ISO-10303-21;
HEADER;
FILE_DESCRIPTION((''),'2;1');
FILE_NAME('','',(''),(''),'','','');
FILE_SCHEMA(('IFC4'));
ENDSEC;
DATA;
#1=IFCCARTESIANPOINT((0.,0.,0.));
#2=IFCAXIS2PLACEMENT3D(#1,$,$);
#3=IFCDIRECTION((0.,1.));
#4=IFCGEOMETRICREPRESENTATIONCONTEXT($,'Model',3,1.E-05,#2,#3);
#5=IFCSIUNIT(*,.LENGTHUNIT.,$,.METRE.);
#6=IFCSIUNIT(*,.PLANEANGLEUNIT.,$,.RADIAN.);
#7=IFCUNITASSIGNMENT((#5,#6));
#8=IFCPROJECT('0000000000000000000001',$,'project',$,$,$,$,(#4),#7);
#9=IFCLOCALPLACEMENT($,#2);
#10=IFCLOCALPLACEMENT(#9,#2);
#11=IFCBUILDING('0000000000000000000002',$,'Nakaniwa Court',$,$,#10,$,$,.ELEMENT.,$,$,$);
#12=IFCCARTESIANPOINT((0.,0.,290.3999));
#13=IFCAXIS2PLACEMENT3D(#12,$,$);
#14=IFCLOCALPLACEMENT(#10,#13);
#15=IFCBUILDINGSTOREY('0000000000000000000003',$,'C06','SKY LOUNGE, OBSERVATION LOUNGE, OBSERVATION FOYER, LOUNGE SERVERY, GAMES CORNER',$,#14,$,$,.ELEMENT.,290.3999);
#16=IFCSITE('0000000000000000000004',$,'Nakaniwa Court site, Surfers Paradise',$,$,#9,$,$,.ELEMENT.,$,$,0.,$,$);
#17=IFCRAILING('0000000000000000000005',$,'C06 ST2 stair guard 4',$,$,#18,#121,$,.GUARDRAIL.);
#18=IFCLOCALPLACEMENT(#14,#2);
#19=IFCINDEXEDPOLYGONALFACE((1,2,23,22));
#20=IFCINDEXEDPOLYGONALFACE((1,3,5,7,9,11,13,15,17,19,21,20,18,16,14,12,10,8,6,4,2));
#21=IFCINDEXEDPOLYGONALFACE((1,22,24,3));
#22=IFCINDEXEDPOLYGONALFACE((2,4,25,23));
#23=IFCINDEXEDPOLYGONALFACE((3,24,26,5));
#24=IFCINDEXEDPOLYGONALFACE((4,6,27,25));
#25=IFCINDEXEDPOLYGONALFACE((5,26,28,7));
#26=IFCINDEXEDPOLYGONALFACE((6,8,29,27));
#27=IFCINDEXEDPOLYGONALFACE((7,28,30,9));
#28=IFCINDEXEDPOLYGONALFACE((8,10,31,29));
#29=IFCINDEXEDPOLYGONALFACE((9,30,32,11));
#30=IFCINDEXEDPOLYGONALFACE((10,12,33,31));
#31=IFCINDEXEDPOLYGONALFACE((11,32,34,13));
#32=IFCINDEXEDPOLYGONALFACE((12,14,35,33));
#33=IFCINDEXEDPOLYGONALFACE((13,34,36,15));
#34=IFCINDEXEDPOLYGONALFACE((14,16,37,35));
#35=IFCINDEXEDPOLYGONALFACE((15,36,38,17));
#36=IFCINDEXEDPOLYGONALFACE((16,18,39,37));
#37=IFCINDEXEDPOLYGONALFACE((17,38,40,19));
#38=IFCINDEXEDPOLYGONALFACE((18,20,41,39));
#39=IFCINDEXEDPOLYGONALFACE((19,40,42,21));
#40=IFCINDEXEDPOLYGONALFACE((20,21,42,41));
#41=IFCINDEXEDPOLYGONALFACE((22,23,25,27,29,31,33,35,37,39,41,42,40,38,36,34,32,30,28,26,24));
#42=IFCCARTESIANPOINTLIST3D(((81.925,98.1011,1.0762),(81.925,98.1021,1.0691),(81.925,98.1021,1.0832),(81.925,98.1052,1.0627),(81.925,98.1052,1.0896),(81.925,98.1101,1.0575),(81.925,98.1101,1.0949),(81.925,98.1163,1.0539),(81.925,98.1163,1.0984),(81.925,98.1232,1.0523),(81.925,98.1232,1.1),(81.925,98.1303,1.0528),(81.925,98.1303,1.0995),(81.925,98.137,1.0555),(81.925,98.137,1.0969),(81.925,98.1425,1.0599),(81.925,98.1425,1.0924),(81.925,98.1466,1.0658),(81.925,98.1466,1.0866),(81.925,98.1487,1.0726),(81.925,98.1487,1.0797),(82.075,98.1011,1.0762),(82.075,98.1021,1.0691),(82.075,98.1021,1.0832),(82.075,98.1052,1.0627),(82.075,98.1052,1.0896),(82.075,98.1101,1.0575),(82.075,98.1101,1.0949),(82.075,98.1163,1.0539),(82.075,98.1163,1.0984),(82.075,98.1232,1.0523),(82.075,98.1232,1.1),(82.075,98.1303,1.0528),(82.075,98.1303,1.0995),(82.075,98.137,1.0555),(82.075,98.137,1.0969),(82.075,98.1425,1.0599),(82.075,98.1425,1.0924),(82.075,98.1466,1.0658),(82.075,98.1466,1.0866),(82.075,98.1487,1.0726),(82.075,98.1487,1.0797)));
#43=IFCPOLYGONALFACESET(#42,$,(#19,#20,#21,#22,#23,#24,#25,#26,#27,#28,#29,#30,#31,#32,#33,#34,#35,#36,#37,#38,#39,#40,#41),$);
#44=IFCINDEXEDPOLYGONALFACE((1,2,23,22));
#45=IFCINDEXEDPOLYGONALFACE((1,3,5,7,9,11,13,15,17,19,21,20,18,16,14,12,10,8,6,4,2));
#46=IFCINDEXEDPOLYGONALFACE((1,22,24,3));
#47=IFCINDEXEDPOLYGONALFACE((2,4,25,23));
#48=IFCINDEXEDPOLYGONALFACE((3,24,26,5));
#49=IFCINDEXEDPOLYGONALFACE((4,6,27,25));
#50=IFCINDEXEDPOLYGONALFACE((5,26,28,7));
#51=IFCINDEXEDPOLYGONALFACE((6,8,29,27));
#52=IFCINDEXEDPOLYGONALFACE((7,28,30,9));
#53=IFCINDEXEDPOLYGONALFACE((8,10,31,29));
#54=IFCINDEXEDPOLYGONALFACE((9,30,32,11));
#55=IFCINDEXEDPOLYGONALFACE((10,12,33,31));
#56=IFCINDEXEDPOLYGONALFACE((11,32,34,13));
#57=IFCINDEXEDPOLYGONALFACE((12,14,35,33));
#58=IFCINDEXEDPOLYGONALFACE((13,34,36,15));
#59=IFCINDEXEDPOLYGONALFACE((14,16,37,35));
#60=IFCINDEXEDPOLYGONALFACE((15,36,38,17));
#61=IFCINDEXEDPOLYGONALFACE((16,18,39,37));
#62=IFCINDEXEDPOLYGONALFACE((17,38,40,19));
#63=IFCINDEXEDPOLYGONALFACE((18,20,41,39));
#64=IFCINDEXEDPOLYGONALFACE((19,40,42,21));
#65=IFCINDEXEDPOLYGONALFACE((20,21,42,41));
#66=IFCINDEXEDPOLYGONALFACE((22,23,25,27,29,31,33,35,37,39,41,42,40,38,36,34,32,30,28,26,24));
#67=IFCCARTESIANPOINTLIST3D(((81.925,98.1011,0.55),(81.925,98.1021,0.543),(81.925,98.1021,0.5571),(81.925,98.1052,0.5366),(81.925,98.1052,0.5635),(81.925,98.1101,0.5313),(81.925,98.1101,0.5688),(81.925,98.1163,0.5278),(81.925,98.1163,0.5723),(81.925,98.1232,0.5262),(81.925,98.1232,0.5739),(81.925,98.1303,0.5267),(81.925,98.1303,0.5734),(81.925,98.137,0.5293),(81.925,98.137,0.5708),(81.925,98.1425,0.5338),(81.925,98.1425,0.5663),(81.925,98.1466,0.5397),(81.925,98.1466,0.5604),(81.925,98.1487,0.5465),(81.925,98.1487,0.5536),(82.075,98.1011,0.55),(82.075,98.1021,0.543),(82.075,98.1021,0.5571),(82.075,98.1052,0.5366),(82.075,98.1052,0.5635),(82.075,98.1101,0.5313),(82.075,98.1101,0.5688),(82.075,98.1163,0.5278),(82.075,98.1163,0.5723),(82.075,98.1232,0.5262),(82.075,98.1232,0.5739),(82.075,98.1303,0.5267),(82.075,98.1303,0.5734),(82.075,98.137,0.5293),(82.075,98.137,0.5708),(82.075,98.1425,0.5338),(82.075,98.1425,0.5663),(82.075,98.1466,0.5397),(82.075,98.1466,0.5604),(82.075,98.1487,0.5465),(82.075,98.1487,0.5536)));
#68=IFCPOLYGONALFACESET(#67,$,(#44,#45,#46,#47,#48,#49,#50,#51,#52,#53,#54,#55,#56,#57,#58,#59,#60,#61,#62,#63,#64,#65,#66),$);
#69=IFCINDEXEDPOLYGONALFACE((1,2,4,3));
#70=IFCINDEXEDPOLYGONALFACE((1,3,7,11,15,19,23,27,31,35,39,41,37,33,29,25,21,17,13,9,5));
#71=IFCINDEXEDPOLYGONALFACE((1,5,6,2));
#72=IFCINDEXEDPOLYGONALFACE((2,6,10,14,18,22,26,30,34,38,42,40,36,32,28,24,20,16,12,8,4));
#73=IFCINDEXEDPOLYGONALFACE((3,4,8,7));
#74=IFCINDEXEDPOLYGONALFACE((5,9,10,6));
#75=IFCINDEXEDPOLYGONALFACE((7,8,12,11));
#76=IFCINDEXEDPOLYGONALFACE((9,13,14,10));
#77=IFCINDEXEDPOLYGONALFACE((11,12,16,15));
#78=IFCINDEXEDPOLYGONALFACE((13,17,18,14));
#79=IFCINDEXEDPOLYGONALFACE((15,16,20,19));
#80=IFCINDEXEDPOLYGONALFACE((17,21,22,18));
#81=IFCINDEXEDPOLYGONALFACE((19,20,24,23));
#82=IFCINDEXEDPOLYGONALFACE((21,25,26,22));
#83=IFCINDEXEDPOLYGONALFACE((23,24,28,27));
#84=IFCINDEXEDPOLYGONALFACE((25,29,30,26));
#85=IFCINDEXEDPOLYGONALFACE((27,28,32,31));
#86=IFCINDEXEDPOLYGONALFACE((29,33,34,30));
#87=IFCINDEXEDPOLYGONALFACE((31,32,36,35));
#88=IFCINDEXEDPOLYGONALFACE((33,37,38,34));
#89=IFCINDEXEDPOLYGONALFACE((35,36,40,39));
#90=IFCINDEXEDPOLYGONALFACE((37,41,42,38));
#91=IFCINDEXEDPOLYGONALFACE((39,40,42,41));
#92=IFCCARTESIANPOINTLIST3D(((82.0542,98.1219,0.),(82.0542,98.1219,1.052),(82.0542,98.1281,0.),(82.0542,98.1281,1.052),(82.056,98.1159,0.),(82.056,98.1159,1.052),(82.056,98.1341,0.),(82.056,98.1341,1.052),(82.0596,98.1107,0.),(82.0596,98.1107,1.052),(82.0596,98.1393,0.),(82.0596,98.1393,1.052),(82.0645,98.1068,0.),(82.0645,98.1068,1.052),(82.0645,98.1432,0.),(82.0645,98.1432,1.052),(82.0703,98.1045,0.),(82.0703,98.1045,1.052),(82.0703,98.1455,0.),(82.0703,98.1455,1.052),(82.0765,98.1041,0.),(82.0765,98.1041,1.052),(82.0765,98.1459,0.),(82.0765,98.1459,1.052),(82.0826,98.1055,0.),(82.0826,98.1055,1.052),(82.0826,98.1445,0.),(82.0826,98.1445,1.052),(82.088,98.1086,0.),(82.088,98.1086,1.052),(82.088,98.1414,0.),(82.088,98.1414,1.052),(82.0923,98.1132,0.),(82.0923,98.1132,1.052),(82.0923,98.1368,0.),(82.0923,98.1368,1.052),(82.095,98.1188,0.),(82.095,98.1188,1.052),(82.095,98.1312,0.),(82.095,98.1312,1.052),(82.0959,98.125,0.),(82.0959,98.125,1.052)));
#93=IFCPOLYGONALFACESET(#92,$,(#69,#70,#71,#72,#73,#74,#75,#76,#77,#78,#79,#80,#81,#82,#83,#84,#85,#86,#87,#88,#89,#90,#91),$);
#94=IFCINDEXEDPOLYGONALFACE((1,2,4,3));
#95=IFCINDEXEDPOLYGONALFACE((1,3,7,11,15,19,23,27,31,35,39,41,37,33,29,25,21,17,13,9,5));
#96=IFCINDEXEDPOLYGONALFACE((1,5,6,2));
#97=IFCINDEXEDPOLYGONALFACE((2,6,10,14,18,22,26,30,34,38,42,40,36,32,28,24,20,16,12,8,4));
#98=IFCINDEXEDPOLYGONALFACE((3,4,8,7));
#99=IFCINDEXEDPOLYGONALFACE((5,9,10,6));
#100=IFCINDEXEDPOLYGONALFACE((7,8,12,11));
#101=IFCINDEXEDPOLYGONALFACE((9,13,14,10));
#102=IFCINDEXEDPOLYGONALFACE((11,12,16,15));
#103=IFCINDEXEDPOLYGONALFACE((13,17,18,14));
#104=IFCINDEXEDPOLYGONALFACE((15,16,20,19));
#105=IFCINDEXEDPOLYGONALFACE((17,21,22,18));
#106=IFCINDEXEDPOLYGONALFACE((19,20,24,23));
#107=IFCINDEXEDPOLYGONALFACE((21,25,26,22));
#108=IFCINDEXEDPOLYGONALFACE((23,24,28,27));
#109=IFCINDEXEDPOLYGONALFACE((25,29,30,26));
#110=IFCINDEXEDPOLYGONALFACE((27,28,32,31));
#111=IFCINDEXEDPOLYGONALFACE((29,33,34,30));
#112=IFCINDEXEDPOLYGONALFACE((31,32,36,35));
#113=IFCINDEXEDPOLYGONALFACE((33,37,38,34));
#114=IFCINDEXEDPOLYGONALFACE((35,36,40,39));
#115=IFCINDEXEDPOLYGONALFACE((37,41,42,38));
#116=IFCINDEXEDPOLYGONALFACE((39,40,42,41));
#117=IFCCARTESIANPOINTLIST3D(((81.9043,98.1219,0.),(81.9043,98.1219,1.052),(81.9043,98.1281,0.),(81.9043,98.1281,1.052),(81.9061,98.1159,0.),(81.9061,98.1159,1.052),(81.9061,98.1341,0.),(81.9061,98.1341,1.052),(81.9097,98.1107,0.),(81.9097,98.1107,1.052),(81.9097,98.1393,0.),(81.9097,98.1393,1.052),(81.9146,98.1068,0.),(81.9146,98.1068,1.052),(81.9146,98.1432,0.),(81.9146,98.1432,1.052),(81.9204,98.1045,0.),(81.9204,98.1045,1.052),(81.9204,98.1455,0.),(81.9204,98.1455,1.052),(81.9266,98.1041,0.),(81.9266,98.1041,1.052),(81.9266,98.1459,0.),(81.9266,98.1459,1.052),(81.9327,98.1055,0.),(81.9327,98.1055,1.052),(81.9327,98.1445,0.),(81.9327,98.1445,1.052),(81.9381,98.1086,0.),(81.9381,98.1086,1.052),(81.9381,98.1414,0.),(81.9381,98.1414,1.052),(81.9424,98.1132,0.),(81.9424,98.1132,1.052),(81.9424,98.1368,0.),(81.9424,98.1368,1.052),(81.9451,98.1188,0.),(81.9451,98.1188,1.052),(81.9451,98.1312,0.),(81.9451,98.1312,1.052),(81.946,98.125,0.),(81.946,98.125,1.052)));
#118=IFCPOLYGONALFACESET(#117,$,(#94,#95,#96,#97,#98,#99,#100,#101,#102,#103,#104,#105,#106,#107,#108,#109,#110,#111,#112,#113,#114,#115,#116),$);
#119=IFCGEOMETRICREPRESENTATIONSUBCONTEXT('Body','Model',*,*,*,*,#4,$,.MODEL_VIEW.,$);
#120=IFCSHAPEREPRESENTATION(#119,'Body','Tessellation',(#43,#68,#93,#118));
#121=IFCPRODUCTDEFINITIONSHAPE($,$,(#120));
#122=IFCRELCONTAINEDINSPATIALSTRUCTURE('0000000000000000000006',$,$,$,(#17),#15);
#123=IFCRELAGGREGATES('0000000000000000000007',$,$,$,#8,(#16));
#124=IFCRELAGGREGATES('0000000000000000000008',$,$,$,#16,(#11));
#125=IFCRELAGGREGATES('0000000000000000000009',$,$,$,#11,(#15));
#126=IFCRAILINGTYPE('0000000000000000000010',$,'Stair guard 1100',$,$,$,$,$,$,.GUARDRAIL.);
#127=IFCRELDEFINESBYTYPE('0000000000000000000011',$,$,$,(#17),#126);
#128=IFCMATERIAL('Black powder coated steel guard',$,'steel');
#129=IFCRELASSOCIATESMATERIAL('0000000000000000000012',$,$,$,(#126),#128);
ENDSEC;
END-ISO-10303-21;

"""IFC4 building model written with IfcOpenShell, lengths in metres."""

from ifc_helpers import new_model, si_unit, direction, frame, origin, origin_2d, place, context, subcontext, project, spatial, circle, extrude, material, type_object, element, save


model = new_model("IFC4")

# Units and contexts
model_context = context("Model", 3, precision=1e-05, world=origin(), true_north=direction((0.0, 1.0)))
body_context = subcontext(model_context, "Body", "Model", "MODEL_VIEW")
ifc_project = project(units=[si_unit("LENGTHUNIT", "METRE"), si_unit("PLANEANGLEUNIT", "RADIAN")], contexts=[model_context])

# Site, building, storey
site_placement = place(None, origin())
site = spatial("IfcSite", under=ifc_project, at=site_placement, Name="Nakaniwa Court site, Surfers Paradise", CompositionType="ELEMENT", RefElevation=0.0)
building_placement = place(site_placement, origin())
building = spatial("IfcBuilding", under=site, at=building_placement, Name="Nakaniwa Court", CompositionType="ELEMENT")
storey_placement = place(building_placement, frame((0.0, 0.0, 290.3999)))
storey = spatial("IfcBuildingStorey", under=building, at=storey_placement, Name="C06", Description="SKY LOUNGE, OBSERVATION LOUNGE, OBSERVATION FOYER, LOUNGE SERVERY, GAMES CORNER", CompositionType="ELEMENT", Elevation=290.3999)

# Railing
ifc_material_1 = material(Name="Black powder coated steel guard", Category="steel")
railing_type_1 = type_object("IfcRailingType", Name="Stair guard 1100", PredefinedType="GUARDRAIL", material=ifc_material_1)
railing_1_placement = place(storey_placement, frame((82.075, 98.125, 0.0)))
element("IfcRailing", 1, at=railing_1_placement, inside=storey, type_object=railing_type_1, Name="C06 ST2 stair guard 4", PredefinedType="GUARDRAIL", context=body_context, shape_type="SweptSolid", body=[
    extrude(circle(Radius=0.0239, at=origin_2d()), frame((0.0, 0.0, 1.0762), z_axis=(-1.0, 0.0, 0.0), x_axis=(0.0, -1.0, 0.0)), (0.0, 0.0, 1.0), 0.1499),
    extrude(circle(Radius=0.0239, at=origin_2d()), frame((0.0, 0.0, 0.55), z_axis=(-1.0, 0.0, 0.0), x_axis=(0.0, -1.0, 0.0)), (0.0, 0.0, 1.0), 0.1499),
    extrude(circle(Radius=0.021, at=origin_2d()), origin(), (0.0, 0.0, 1.0), 1.052),
    extrude(circle(Radius=0.021, at=origin_2d()), frame((-0.1499, 0.0, 0.0)), (0.0, 0.0, 1.0), 1.052),
])

save(model, "model.ifc")
